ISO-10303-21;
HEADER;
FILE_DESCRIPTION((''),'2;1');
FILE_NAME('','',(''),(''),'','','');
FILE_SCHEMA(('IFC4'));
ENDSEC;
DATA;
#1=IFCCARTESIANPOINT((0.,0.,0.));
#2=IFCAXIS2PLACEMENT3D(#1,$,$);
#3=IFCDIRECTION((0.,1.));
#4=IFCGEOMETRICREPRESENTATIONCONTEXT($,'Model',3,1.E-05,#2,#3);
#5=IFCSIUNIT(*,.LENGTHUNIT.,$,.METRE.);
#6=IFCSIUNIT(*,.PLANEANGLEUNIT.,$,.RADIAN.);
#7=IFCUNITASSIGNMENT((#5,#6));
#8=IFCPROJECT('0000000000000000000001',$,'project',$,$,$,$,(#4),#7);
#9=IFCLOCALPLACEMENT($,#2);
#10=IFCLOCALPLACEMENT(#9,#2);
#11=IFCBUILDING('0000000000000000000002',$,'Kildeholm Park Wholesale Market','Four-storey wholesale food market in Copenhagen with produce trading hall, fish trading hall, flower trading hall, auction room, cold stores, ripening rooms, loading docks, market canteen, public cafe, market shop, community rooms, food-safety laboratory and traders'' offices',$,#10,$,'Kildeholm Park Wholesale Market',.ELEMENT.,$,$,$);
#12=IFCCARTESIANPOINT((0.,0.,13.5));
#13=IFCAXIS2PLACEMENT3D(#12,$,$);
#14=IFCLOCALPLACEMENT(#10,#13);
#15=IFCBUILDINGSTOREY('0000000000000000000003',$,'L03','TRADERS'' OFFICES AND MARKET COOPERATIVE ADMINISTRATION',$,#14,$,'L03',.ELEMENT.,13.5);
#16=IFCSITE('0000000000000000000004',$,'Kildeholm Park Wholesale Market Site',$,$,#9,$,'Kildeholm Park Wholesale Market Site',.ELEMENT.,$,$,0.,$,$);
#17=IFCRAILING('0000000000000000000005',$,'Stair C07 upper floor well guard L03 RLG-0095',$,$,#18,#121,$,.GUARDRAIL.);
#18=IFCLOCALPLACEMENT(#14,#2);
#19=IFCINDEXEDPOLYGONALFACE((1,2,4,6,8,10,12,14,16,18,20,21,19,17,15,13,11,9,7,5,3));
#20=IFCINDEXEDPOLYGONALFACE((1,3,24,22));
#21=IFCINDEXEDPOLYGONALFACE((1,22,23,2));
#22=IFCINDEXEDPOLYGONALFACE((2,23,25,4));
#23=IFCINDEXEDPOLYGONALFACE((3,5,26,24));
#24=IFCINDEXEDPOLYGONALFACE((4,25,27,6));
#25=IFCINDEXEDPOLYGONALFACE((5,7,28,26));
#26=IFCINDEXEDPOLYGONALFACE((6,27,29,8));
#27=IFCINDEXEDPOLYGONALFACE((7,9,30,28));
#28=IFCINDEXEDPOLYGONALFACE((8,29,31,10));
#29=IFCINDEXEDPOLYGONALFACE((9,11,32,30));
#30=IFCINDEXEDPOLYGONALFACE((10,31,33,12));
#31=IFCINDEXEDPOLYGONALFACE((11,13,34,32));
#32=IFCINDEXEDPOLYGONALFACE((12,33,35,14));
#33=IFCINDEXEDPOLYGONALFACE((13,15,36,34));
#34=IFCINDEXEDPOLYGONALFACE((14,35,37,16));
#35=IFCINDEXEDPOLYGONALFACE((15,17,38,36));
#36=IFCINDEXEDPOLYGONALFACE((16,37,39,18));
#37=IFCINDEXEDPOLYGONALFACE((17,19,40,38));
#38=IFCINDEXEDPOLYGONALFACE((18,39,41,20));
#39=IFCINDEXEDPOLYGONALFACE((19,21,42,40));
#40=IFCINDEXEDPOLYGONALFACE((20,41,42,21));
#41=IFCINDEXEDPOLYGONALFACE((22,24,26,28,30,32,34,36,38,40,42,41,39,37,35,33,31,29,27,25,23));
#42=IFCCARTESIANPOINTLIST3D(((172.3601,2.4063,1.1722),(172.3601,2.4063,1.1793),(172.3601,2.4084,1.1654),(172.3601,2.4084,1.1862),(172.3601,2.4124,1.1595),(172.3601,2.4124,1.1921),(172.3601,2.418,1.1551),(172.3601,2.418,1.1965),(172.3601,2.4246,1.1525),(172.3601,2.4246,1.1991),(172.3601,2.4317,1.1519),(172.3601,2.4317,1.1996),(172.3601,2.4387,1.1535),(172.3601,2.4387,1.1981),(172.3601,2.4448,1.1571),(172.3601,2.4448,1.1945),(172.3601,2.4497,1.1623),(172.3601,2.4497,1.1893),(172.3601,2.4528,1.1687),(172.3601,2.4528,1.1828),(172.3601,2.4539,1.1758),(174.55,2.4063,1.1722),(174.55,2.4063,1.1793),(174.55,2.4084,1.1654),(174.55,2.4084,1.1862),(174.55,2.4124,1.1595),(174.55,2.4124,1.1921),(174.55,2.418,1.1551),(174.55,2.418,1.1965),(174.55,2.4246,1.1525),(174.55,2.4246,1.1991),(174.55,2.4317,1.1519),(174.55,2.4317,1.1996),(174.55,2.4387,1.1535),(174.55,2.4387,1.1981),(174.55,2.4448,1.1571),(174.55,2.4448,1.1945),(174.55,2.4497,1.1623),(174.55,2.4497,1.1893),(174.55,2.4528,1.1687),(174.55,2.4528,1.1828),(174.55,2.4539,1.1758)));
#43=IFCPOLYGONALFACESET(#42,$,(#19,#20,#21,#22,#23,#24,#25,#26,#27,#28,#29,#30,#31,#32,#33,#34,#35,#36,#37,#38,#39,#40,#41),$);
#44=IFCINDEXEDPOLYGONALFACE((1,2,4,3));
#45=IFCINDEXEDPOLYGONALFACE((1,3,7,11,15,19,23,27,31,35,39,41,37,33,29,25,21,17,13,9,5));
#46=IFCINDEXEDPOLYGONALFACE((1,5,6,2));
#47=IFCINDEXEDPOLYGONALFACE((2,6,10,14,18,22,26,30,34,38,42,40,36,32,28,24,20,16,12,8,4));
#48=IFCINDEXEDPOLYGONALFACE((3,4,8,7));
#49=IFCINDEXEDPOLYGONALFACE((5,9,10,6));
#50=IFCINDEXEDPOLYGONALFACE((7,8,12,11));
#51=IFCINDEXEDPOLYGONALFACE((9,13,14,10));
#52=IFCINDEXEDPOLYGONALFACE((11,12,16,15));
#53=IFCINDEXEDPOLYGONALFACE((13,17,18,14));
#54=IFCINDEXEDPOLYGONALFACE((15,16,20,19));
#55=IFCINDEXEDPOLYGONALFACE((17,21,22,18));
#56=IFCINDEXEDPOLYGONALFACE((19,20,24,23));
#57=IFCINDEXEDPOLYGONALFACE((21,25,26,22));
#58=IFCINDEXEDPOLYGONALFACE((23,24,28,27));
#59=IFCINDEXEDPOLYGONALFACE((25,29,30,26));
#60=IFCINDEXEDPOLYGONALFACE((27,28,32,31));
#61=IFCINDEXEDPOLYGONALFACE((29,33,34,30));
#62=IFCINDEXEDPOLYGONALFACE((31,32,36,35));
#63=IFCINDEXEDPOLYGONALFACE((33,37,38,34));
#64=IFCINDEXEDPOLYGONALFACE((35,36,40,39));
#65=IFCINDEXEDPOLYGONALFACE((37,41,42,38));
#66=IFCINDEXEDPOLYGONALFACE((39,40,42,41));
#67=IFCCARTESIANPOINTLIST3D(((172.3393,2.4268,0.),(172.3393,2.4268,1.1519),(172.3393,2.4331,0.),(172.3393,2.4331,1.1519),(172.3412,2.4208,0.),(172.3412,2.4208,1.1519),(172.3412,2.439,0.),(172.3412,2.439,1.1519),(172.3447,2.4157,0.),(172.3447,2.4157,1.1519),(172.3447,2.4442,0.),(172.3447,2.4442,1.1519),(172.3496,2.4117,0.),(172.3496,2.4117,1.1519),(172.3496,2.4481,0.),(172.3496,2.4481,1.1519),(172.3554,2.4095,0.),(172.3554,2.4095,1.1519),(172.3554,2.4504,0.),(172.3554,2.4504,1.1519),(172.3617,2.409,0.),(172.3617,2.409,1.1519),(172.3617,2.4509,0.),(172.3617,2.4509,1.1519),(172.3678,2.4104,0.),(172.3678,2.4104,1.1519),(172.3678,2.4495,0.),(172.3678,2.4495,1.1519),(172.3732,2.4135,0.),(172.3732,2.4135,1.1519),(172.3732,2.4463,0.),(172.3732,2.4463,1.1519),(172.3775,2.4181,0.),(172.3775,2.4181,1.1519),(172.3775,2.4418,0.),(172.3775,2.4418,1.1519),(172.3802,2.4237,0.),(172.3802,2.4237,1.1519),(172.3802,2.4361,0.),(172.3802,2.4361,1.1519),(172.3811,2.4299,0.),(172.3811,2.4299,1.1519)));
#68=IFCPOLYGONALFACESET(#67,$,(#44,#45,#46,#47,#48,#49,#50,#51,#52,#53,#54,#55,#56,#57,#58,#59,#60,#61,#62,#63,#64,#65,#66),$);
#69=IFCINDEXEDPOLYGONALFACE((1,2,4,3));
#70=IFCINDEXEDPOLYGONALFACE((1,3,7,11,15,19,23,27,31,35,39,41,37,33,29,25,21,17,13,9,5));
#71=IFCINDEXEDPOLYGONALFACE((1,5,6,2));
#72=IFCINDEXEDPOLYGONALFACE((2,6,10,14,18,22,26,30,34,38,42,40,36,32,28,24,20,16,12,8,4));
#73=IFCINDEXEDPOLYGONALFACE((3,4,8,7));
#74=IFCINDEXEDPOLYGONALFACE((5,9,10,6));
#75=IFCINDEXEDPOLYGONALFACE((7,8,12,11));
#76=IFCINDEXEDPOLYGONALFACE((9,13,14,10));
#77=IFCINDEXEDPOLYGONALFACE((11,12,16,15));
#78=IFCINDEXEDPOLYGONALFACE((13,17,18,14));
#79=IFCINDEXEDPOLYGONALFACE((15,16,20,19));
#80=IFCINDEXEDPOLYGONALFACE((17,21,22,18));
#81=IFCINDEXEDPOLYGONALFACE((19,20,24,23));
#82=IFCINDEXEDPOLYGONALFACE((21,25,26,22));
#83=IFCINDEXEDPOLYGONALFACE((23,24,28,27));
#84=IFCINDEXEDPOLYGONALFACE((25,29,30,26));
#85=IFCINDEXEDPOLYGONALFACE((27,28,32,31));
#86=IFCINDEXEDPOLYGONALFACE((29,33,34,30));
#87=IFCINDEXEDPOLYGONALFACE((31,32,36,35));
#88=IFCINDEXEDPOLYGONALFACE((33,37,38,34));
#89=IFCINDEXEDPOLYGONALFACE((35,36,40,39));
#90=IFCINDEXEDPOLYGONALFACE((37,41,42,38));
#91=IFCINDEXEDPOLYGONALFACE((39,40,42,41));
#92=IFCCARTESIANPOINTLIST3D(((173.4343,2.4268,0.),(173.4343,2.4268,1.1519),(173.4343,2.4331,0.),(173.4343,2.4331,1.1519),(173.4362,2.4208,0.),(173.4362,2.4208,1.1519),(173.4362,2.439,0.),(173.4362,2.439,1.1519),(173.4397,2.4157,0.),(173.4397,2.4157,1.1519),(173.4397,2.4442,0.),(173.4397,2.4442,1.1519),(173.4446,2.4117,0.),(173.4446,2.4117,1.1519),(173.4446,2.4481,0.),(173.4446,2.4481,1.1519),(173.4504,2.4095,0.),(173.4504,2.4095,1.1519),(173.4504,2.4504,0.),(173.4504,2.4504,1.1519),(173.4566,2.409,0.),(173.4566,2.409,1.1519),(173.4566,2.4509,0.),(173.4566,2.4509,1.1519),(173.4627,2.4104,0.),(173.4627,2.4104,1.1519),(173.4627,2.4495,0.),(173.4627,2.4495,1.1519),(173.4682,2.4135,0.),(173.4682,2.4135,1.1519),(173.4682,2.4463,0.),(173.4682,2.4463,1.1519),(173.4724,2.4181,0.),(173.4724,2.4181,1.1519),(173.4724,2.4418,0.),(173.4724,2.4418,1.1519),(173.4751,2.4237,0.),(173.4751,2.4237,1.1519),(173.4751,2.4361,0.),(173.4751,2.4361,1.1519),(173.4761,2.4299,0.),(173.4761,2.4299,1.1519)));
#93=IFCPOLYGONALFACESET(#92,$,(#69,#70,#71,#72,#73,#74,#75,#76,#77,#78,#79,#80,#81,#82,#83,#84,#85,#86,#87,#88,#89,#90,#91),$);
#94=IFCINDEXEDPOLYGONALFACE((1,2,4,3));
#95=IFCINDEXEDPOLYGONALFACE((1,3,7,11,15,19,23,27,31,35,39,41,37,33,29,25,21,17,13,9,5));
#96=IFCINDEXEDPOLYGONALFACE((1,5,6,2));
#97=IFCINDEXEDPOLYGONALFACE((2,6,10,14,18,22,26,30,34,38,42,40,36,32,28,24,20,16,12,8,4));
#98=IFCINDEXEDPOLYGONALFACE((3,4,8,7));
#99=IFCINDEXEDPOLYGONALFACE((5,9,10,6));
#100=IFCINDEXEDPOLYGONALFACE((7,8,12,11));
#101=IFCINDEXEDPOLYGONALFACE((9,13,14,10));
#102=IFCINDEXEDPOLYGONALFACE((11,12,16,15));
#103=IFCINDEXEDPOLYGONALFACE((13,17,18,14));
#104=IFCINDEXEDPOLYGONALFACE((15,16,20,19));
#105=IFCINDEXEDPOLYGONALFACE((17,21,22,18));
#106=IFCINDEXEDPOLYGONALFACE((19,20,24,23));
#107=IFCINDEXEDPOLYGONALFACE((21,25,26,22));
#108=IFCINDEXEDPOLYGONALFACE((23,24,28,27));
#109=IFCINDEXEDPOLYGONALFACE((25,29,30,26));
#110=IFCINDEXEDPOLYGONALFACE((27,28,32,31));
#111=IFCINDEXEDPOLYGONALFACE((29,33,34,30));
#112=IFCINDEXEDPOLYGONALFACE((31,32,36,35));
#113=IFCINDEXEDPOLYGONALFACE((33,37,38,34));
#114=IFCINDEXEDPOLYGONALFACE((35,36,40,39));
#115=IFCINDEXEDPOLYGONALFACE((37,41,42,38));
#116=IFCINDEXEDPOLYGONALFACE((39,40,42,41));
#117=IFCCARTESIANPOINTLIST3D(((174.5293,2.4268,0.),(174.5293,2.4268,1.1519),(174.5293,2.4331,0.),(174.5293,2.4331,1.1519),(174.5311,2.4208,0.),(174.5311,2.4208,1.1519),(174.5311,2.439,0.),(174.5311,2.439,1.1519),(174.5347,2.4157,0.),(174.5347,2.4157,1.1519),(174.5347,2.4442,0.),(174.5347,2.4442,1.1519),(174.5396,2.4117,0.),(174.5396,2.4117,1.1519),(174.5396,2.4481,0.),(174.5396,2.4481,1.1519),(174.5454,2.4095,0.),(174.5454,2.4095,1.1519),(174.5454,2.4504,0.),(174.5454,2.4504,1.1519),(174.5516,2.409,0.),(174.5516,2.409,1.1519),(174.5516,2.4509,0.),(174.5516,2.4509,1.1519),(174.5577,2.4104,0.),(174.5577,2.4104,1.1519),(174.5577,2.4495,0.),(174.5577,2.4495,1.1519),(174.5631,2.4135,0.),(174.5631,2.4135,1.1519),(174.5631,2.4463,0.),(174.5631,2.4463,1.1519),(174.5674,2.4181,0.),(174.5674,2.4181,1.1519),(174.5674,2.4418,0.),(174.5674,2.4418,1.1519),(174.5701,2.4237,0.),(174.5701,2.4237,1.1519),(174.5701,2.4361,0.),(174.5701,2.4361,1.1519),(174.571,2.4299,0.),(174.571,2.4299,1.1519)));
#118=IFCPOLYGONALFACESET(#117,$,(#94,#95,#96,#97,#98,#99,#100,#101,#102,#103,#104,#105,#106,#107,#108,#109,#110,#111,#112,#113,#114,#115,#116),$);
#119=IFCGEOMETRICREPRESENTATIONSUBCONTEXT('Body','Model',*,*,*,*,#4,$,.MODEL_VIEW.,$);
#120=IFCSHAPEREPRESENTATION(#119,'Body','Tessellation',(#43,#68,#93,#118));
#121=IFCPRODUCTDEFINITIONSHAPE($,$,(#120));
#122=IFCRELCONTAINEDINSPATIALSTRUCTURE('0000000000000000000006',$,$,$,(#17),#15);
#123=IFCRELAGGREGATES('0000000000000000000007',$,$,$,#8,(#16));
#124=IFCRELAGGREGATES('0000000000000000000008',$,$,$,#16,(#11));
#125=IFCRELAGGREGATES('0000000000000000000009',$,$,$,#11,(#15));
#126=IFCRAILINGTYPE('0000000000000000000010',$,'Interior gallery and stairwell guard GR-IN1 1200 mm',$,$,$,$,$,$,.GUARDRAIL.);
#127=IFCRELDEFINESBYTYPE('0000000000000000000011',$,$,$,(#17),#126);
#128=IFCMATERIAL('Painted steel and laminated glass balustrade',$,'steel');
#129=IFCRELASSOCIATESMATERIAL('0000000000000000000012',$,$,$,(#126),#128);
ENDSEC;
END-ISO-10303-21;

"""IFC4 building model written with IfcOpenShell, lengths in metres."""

from ifc_helpers import new_model, si_unit, direction, frame, origin, origin_2d, place, context, subcontext, project, spatial, circle, extrude, material, type_object, element, save


model = new_model("IFC4")

# Units and contexts
model_context = context("Model", 3, precision=1e-05, world=origin(), true_north=direction((0.0, 1.0)))
body_context = subcontext(model_context, "Body", "Model", "MODEL_VIEW")
ifc_project = project(units=[si_unit("LENGTHUNIT", "METRE"), si_unit("PLANEANGLEUNIT", "RADIAN")], contexts=[model_context])

# Site, building, storey
site_placement = place(None, origin())
site = spatial("IfcSite", under=ifc_project, at=site_placement, Name="Kildeholm Park Wholesale Market Site", LongName="Kildeholm Park Wholesale Market Site", CompositionType="ELEMENT", RefElevation=0.0)
building_placement = place(site_placement, origin())
building = spatial("IfcBuilding", under=site, at=building_placement, Name="Kildeholm Park Wholesale Market", Description="Four-storey wholesale food market in Copenhagen with produce trading hall, fish trading hall, flower trading hall, auction room, cold stores, ripening rooms, loading docks, market canteen, public cafe, market shop, community rooms, food-safety laboratory and traders' offices", LongName="Kildeholm Park Wholesale Market", CompositionType="ELEMENT")
storey_placement = place(building_placement, frame((0.0, 0.0, 13.5)))
storey = spatial("IfcBuildingStorey", under=building, at=storey_placement, Name="L03", Description="TRADERS' OFFICES AND MARKET COOPERATIVE ADMINISTRATION", LongName="L03", CompositionType="ELEMENT", Elevation=13.5)

# Railing
ifc_material_1 = material(Name="Painted steel and laminated glass balustrade", Category="steel")
railing_type = type_object("IfcRailingType", Name="Interior gallery and stairwell guard GR-IN1 1200 mm", PredefinedType="GUARDRAIL", material=ifc_material_1)
railing_placement = place(storey_placement, frame((172.3601, 2.4299, 0.0)))
element("IfcRailing", 1, at=railing_placement, inside=storey, type_object=railing_type, Name="Stair C07 upper floor well guard L03 RLG-0095", PredefinedType="GUARDRAIL", context=body_context, shape_type="SweptSolid", body=[
    extrude(circle(Radius=0.0239, at=origin_2d()), frame((0.0, 0.0, 1.1758), z_axis=(1.0, 0.0, 0.0), x_axis=(0.0, 1.0, 0.0)), (0.0, 0.0, 1.0), 2.1899),
    extrude(circle(Radius=0.021, at=origin_2d()), origin(), (0.0, 0.0, 1.0), 1.1519),
    extrude(circle(Radius=0.021, at=origin_2d()), frame((1.095, 0.0, 0.0)), (0.0, 0.0, 1.0), 1.1519),
    extrude(circle(Radius=0.021, at=origin_2d()), frame((2.1899, 0.0, 0.0)), (0.0, 0.0, 1.0), 1.1519),
])

save(model, "model.ifc")
